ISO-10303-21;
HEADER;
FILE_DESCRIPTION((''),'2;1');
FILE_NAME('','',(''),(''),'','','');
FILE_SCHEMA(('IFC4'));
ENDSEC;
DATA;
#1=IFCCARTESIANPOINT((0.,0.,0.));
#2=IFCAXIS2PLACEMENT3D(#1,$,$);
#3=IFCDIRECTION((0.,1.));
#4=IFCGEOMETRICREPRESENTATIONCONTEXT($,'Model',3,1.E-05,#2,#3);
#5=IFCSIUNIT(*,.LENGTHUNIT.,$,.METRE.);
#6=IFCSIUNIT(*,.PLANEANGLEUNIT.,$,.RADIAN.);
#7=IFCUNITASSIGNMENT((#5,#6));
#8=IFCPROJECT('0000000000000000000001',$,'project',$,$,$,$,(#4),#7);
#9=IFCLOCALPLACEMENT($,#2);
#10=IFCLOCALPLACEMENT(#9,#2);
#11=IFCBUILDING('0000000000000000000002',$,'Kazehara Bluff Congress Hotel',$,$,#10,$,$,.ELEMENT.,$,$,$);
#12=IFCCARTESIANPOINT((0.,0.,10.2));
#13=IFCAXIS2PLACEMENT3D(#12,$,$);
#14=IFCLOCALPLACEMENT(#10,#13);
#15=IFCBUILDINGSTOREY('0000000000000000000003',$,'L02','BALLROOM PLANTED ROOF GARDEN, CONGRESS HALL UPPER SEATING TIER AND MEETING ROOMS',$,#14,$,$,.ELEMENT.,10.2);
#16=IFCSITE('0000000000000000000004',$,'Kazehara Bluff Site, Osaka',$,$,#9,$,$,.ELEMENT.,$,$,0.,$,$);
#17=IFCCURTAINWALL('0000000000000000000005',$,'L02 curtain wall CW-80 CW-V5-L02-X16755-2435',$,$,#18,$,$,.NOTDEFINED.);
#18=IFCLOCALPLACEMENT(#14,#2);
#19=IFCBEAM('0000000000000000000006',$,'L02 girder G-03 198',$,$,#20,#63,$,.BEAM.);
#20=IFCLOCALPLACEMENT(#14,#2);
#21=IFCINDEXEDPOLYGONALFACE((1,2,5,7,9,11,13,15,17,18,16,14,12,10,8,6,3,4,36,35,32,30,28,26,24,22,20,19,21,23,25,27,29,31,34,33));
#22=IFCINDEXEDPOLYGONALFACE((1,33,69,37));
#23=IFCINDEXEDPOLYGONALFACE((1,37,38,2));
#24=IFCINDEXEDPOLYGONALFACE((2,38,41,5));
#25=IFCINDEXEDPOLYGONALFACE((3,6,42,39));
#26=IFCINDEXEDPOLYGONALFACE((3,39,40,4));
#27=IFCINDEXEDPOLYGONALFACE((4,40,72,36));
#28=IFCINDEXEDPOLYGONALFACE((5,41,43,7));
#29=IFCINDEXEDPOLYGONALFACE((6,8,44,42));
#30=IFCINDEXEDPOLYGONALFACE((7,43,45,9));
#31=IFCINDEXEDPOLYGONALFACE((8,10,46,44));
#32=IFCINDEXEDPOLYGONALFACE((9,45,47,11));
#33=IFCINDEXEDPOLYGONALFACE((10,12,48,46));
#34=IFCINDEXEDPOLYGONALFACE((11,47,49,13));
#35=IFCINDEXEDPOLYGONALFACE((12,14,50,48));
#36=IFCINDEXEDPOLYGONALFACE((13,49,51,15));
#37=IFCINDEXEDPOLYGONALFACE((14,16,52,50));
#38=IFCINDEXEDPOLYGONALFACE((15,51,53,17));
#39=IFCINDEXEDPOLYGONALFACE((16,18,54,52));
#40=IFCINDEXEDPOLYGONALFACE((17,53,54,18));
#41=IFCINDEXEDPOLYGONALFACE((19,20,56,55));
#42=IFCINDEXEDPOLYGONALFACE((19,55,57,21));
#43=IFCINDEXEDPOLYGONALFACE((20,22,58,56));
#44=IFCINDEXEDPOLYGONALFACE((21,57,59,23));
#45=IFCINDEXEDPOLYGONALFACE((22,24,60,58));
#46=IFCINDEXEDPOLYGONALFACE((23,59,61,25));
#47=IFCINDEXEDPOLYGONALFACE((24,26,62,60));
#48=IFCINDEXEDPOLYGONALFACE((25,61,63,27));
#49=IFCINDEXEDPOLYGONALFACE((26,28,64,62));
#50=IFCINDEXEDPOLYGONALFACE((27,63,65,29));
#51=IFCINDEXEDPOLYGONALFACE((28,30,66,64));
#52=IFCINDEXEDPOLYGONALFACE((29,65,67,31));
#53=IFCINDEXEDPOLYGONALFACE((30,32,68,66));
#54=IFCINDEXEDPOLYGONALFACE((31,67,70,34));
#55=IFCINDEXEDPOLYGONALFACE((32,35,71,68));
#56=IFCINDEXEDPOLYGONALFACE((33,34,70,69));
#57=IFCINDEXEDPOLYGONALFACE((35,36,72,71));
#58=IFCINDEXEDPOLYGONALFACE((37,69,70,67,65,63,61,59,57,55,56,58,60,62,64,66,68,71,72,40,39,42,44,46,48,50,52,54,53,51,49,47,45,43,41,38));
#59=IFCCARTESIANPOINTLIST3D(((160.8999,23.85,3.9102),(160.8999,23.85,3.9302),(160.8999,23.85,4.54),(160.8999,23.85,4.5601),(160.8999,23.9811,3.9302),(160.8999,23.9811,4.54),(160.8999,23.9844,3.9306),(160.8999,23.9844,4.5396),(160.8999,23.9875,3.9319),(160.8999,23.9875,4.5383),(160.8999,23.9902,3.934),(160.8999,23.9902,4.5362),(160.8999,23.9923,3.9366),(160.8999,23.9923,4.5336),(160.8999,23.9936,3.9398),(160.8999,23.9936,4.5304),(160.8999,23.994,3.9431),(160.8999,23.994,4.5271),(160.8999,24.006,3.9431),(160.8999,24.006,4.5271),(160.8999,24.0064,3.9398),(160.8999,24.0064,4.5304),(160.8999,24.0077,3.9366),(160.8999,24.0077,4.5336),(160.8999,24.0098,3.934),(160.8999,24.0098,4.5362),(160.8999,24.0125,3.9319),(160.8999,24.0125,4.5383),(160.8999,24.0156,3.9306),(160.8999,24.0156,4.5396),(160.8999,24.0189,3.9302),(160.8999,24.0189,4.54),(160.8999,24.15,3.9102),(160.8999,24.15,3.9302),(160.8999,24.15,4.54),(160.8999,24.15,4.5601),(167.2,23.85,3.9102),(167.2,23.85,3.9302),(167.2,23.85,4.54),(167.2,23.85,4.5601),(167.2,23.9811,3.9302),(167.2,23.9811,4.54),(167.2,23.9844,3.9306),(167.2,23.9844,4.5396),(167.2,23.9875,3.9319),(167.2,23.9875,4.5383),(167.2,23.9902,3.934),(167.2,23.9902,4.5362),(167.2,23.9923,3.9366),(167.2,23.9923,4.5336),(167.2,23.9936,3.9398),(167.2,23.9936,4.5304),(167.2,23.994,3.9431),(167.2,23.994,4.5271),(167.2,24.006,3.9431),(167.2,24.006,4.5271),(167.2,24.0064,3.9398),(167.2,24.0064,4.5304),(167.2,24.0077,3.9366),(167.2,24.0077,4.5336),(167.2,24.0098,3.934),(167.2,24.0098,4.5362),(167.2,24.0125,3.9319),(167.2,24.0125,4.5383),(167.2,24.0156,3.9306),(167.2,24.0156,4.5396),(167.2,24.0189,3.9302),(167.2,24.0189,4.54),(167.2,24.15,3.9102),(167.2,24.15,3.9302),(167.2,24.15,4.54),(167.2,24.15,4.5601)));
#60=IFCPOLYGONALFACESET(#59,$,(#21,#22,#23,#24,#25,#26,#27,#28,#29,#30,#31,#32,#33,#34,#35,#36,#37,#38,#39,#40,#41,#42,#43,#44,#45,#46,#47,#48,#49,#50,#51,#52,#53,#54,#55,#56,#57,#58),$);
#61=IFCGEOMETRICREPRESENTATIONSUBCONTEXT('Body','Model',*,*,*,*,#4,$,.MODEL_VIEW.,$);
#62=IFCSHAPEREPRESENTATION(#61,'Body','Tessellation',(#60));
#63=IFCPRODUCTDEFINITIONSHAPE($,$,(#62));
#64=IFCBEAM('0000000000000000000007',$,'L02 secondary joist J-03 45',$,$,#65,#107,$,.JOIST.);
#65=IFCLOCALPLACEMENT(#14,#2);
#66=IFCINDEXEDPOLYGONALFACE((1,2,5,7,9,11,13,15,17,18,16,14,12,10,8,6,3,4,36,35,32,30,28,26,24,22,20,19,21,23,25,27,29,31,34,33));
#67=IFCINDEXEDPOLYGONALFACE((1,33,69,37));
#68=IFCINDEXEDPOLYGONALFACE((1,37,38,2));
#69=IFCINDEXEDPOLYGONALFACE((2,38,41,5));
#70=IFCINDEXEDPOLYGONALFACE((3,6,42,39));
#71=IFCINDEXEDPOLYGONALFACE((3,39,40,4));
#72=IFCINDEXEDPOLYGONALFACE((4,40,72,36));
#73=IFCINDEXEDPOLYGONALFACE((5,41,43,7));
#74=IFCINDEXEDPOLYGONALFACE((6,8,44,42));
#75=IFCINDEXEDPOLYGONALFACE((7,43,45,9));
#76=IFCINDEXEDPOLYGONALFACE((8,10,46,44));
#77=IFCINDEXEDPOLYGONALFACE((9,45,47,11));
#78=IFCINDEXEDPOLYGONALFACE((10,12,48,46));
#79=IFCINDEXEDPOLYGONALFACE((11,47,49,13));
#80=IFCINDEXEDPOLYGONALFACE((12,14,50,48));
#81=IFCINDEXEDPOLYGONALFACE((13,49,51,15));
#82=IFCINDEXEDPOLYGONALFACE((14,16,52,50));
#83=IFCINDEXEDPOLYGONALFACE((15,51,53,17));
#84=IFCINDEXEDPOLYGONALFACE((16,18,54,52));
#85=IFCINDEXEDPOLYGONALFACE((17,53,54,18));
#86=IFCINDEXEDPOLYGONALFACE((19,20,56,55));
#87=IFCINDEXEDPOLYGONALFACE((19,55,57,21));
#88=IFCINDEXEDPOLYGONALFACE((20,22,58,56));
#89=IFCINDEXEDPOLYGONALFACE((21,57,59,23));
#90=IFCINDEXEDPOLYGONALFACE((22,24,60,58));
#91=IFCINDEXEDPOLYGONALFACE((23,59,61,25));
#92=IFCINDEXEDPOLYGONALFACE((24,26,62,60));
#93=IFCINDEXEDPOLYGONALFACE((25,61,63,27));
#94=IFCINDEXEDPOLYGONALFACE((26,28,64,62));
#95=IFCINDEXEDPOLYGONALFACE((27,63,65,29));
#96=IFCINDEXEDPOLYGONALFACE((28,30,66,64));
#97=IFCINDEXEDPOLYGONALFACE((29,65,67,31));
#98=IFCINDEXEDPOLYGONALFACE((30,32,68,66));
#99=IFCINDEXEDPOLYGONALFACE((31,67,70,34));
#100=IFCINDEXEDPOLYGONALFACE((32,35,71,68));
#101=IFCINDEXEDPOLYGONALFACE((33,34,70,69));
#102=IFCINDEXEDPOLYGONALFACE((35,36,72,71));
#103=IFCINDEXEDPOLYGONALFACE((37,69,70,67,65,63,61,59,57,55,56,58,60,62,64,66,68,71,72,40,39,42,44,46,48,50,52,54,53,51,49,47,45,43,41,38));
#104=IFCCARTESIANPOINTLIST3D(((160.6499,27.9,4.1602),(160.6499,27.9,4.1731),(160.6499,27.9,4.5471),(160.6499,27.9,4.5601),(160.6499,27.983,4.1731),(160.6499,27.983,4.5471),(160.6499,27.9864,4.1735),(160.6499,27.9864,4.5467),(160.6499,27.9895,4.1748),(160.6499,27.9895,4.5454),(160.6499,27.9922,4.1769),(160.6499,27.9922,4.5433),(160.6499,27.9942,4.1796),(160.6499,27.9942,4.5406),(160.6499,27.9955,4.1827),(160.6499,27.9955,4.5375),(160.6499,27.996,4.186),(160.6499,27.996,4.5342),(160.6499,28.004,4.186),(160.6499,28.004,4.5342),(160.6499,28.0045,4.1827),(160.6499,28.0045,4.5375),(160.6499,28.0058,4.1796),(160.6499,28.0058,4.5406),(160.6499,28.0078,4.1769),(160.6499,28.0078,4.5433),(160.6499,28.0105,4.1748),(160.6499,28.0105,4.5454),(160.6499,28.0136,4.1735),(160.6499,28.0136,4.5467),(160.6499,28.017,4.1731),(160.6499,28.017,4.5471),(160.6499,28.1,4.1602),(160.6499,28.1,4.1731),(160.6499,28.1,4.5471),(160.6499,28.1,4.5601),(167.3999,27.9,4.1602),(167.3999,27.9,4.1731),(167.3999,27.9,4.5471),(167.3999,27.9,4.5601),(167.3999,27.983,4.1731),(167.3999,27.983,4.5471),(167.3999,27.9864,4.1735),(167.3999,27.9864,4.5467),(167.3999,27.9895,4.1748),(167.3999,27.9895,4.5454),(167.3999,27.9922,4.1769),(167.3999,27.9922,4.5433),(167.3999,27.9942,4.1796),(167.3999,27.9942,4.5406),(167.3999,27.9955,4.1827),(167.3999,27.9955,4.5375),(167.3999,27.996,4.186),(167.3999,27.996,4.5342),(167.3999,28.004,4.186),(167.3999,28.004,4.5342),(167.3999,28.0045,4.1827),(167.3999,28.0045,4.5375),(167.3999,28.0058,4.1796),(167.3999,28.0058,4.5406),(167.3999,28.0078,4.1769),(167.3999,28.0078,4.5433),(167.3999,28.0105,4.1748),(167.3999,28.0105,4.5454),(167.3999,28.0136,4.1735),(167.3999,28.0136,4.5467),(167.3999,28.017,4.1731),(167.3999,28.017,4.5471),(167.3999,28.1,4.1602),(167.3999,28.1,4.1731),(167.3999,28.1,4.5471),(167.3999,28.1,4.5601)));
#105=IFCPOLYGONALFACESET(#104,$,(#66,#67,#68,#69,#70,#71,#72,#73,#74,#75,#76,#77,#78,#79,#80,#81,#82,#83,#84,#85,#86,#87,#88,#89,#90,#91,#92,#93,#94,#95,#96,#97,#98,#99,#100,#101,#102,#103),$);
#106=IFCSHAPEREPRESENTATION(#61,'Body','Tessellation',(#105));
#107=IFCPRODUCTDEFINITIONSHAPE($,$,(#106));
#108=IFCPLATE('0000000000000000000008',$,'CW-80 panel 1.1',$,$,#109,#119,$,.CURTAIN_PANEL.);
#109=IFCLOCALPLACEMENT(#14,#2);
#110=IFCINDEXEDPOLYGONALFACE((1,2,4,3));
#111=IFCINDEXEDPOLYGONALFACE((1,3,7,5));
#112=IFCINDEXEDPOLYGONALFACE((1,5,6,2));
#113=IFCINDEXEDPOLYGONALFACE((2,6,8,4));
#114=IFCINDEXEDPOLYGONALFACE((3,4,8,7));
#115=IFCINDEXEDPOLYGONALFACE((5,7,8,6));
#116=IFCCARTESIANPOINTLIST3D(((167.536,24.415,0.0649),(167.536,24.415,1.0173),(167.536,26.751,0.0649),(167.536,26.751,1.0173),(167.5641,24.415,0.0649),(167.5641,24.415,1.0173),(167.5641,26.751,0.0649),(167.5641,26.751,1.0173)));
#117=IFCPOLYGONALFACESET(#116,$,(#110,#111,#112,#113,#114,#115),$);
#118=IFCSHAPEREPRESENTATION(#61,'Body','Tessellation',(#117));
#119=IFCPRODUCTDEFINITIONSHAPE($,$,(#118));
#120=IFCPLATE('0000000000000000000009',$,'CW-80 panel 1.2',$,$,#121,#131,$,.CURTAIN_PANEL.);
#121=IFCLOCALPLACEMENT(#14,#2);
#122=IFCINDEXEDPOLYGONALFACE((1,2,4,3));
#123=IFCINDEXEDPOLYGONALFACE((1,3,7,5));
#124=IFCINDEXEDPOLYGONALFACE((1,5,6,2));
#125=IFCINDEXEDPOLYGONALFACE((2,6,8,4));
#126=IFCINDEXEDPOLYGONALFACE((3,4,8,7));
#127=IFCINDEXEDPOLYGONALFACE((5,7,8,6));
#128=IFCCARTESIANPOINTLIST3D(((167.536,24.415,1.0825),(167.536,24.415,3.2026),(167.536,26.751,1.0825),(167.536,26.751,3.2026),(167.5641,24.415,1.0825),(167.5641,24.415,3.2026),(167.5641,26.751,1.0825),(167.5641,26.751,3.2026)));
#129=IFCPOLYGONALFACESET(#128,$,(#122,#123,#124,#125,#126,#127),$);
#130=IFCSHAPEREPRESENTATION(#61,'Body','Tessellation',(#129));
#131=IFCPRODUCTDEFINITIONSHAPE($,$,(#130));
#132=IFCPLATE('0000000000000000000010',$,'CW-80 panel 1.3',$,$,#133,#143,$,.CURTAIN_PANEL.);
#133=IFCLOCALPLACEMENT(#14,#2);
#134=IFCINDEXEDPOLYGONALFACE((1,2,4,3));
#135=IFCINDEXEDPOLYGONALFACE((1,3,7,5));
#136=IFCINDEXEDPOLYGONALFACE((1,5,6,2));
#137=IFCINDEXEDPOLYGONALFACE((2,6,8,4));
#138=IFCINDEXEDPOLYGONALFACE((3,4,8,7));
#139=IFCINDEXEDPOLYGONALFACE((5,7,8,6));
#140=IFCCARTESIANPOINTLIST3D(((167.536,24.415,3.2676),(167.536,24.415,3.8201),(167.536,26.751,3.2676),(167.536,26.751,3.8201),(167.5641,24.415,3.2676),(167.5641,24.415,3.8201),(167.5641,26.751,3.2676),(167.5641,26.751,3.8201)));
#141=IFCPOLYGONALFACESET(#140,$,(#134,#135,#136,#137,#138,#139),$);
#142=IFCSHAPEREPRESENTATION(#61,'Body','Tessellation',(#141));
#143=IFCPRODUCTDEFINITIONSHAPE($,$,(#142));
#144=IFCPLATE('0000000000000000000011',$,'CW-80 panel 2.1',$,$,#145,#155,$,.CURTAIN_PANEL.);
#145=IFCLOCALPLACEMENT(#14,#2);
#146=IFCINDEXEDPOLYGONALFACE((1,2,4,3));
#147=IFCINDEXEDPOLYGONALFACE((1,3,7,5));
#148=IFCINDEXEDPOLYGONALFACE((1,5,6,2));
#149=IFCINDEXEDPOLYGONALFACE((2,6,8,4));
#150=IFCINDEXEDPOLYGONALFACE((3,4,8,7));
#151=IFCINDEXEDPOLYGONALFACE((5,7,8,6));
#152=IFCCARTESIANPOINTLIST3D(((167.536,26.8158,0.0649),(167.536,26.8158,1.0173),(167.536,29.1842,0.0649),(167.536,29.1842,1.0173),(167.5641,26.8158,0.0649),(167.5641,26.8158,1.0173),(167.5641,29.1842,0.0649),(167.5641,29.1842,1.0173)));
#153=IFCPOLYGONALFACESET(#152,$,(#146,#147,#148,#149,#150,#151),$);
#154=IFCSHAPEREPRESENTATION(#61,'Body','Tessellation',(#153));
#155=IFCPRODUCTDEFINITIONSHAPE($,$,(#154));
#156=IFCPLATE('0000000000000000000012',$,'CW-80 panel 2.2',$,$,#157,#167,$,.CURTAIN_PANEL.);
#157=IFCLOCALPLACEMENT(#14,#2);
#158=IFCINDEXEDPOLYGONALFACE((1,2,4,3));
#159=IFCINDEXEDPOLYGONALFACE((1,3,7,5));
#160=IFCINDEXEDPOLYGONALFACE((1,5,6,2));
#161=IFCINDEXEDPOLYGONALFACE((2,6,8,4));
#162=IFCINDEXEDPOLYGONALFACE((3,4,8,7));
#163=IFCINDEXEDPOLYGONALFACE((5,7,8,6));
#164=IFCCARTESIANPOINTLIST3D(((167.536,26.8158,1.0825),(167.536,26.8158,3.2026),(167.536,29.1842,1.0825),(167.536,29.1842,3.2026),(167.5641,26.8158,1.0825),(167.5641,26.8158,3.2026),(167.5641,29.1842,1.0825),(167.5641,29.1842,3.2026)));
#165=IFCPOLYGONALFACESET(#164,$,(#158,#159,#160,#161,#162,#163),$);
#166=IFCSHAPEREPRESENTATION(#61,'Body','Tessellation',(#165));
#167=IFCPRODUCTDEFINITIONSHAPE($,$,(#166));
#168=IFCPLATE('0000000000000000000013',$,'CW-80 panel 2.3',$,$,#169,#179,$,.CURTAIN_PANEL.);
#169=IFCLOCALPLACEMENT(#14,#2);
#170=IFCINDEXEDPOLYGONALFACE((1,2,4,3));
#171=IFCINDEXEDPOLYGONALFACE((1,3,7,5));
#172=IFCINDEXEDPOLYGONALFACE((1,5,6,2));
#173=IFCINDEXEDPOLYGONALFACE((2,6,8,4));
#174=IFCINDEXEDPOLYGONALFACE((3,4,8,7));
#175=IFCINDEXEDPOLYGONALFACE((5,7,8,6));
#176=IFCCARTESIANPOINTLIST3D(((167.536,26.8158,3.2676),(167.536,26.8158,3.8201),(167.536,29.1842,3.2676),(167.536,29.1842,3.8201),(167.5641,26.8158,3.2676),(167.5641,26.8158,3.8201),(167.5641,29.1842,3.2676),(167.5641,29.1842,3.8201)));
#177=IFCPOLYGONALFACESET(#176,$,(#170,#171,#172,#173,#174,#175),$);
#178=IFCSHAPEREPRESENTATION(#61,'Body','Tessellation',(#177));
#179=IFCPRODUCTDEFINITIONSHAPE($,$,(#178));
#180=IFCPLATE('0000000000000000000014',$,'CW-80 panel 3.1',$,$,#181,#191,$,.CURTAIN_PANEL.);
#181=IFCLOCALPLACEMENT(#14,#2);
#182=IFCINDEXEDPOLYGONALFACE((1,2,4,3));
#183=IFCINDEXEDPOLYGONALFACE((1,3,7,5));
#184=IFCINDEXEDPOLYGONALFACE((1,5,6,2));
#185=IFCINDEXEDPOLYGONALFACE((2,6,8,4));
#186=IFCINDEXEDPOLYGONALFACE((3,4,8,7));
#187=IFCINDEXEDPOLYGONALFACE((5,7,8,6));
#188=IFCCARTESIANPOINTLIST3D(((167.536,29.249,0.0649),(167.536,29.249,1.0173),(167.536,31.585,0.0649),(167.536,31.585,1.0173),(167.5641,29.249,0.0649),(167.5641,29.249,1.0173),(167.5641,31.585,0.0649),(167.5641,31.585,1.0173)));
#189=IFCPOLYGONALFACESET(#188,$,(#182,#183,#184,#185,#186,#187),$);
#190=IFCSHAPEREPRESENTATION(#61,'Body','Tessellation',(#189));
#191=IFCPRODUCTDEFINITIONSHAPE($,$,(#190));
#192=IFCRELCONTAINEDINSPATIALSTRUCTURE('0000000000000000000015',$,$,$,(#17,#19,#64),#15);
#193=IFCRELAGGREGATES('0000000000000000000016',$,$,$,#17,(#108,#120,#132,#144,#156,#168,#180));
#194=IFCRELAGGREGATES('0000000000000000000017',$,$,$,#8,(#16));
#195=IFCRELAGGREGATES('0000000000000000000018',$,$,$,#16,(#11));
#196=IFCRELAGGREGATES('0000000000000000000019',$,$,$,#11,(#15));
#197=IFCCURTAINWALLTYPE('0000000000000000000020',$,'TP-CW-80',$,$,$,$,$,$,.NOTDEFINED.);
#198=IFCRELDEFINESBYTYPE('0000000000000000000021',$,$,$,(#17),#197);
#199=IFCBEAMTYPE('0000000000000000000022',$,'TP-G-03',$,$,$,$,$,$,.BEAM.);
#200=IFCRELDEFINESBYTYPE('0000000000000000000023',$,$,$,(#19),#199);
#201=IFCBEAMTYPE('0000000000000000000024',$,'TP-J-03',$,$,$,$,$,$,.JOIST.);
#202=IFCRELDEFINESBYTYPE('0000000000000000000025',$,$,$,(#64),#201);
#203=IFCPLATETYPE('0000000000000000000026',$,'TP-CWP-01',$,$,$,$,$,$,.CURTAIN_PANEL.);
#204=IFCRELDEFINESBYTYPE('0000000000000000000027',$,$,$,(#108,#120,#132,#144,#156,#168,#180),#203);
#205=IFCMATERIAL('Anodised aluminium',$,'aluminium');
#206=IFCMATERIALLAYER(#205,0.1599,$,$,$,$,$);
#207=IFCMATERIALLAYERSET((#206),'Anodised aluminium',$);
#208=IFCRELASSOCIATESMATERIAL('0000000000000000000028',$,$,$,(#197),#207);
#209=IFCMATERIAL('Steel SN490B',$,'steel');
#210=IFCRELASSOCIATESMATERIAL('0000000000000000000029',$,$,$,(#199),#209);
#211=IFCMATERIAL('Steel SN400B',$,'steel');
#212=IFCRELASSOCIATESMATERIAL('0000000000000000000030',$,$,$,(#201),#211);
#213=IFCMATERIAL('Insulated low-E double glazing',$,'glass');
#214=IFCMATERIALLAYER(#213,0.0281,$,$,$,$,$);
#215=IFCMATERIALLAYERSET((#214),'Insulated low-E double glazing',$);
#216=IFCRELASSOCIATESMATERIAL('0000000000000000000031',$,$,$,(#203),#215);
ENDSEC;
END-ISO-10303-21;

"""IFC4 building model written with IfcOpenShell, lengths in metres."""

from ifc_helpers import new_model, si_unit, direction, frame, origin, origin_2d, place, context, subcontext, project, spatial, rectangle, i_section, extrude, material, layer, layer_set, material_profile, profile_set, type_object, element, aggregate, save


model = new_model("IFC4")

# Units and contexts
model_context = context("Model", 3, precision=1e-05, world=origin(), true_north=direction((0.0, 1.0)))
body_context = subcontext(model_context, "Body", "Model", "MODEL_VIEW")
ifc_project = project(units=[si_unit("LENGTHUNIT", "METRE"), si_unit("PLANEANGLEUNIT", "RADIAN")], contexts=[model_context])

# Site, building, storey
site_placement = place(None, origin())
site = spatial("IfcSite", under=ifc_project, at=site_placement, Name="Kazehara Bluff Site, Osaka", CompositionType="ELEMENT", RefElevation=0.0)
building_placement = place(site_placement, origin())
building = spatial("IfcBuilding", under=site, at=building_placement, Name="Kazehara Bluff Congress Hotel", CompositionType="ELEMENT")
storey_placement = place(building_placement, frame((0.0, 0.0, 10.2)))
storey = spatial("IfcBuildingStorey", under=building, at=storey_placement, Name="L02", Description="BALLROOM PLANTED ROOF GARDEN, CONGRESS HALL UPPER SEATING TIER AND MEETING ROOMS", CompositionType="ELEMENT", Elevation=10.2)

# Curtain wall
ifc_material_1 = material(Name="Anodised aluminium", Category="aluminium")
ifc_layer_1 = layer(ifc_material_1, 0.1599)
ifc_layer_set_1 = layer_set([ifc_layer_1], Name="Anodised aluminium")
curtain_wall_type = type_object("IfcCurtainWallType", Name="TP-CW-80", PredefinedType="NOTDEFINED", material=ifc_layer_set_1)
curtain_wall_placement = place(storey_placement, origin())
curtain_wall = element("IfcCurtainWall", 1, at=curtain_wall_placement, inside=storey, type_object=curtain_wall_type, Name="L02 curtain wall CW-80 CW-V5-L02-X16755-2435", PredefinedType="NOTDEFINED")

# Beams
ifc_material_2 = material(Name="Steel SN490B", Category="steel")
ifc_material_profile_1 = material_profile(ifc_material_2, i_section(OverallWidth=0.3, OverallDepth=0.6499, WebThickness=0.012, FlangeThickness=0.02, FilletRadius=0.0129, at=origin_2d()))
ifc_profile_set_1 = profile_set([ifc_material_profile_1], Name="Steel SN490B")
beam_type_1 = type_object("IfcBeamType", Name="TP-G-03", PredefinedType="BEAM", material=ifc_profile_set_1)
beam_1_placement = place(storey_placement, frame((160.8999, 24.0, 4.2351), z_axis=(1.0, 0.0, 0.0), x_axis=(0.0, 1.0, 0.0)))
element("IfcBeam", 2, at=beam_1_placement, inside=storey, type_object=beam_type_1, Name="L02 girder G-03 198", PredefinedType="BEAM", context=body_context, shape_type="SweptSolid", body=[
    extrude(i_section(OverallWidth=0.3, OverallDepth=0.6499, WebThickness=0.012, FlangeThickness=0.02, FilletRadius=0.0129, at=origin_2d()), origin(), (0.0, 0.0, 1.0), 6.3),
])
ifc_material_3 = material(Name="Steel SN400B", Category="steel")
ifc_material_profile_2 = material_profile(ifc_material_3, i_section(OverallWidth=0.2, OverallDepth=0.3999, WebThickness=0.0081, FlangeThickness=0.0129, FilletRadius=0.0129, at=origin_2d()))
ifc_profile_set_2 = profile_set([ifc_material_profile_2], Name="Steel SN400B")
beam_type_2 = type_object("IfcBeamType", Name="TP-J-03", PredefinedType="JOIST", material=ifc_profile_set_2)
beam_2_placement = place(storey_placement, frame((160.6499, 28.0, 4.3601), z_axis=(1.0, 0.0, 0.0), x_axis=(0.0, 1.0, 0.0)))
element("IfcBeam", 3, at=beam_2_placement, inside=storey, type_object=beam_type_2, Name="L02 secondary joist J-03 45", PredefinedType="JOIST", context=body_context, shape_type="SweptSolid", body=[
    extrude(i_section(OverallWidth=0.2, OverallDepth=0.3999, WebThickness=0.0081, FlangeThickness=0.0129, FilletRadius=0.0129, at=origin_2d()), origin(), (0.0, 0.0, 1.0), 6.75),
])

# Plates
ifc_material_4 = material(Name="Insulated low-E double glazing", Category="glass")
ifc_layer_2 = layer(ifc_material_4, 0.0281)
ifc_layer_set_2 = layer_set([ifc_layer_2], Name="Insulated low-E double glazing")
plate_type = type_object("IfcPlateType", Name="TP-CWP-01", PredefinedType="CURTAIN_PANEL", material=ifc_layer_set_2)
plate_1_placement = place(storey_placement, frame((167.55, 25.583, 0.0649), z_axis=(0.0, 0.0, 1.0), x_axis=(0.0, 1.0, 0.0)))
plate_1 = element("IfcPlate", 4, at=plate_1_placement, type_object=plate_type, Name="CW-80 panel 1.1", PredefinedType="CURTAIN_PANEL", context=body_context, shape_type="SweptSolid", body=[
    extrude(rectangle(XDim=2.3359, YDim=0.0281, at=origin_2d()), origin(), (0.0, 0.0, 1.0), 0.9524),
])
plate_2_placement = place(storey_placement, frame((167.55, 25.583, 1.0825), z_axis=(0.0, 0.0, 1.0), x_axis=(0.0, 1.0, 0.0)))
plate_2 = element("IfcPlate", 5, at=plate_2_placement, type_object=plate_type, Name="CW-80 panel 1.2", PredefinedType="CURTAIN_PANEL", context=body_context, shape_type="SweptSolid", body=[
    extrude(rectangle(XDim=2.3359, YDim=0.0281, at=origin_2d()), origin(), (0.0, 0.0, 1.0), 2.1201),
])
plate_3_placement = place(storey_placement, frame((167.55, 25.583, 3.2676), z_axis=(0.0, 0.0, 1.0), x_axis=(0.0, 1.0, 0.0)))
plate_3 = element("IfcPlate", 6, at=plate_3_placement, type_object=plate_type, Name="CW-80 panel 1.3", PredefinedType="CURTAIN_PANEL", context=body_context, shape_type="SweptSolid", body=[
    extrude(rectangle(XDim=2.3359, YDim=0.0281, at=origin_2d()), origin(), (0.0, 0.0, 1.0), 0.5525),
])
plate_4_placement = place(storey_placement, frame((167.55, 28.0, 0.0649), z_axis=(0.0, 0.0, 1.0), x_axis=(0.0, 1.0, 0.0)))
plate_4 = element("IfcPlate", 7, at=plate_4_placement, type_object=plate_type, Name="CW-80 panel 2.1", PredefinedType="CURTAIN_PANEL", context=body_context, shape_type="SweptSolid", body=[
    extrude(rectangle(XDim=2.3684, YDim=0.0281, at=origin_2d()), origin(), (0.0, 0.0, 1.0), 0.9524),
])
plate_5_placement = place(storey_placement, frame((167.55, 28.0, 1.0825), z_axis=(0.0, 0.0, 1.0), x_axis=(0.0, 1.0, 0.0)))
plate_5 = element("IfcPlate", 8, at=plate_5_placement, type_object=plate_type, Name="CW-80 panel 2.2", PredefinedType="CURTAIN_PANEL", context=body_context, shape_type="SweptSolid", body=[
    extrude(rectangle(XDim=2.3684, YDim=0.0281, at=origin_2d()), origin(), (0.0, 0.0, 1.0), 2.1201),
])
plate_6_placement = place(storey_placement, frame((167.55, 28.0, 3.2676), z_axis=(0.0, 0.0, 1.0), x_axis=(0.0, 1.0, 0.0)))
plate_6 = element("IfcPlate", 9, at=plate_6_placement, type_object=plate_type, Name="CW-80 panel 2.3", PredefinedType="CURTAIN_PANEL", context=body_context, shape_type="SweptSolid", body=[
    extrude(rectangle(XDim=2.3684, YDim=0.0281, at=origin_2d()), origin(), (0.0, 0.0, 1.0), 0.5525),
])
plate_7_placement = place(storey_placement, frame((167.55, 30.417, 0.0649), z_axis=(0.0, 0.0, 1.0), x_axis=(0.0, 1.0, 0.0)))
plate_7 = element("IfcPlate", 10, at=plate_7_placement, type_object=plate_type, Name="CW-80 panel 3.1", PredefinedType="CURTAIN_PANEL", context=body_context, shape_type="SweptSolid", body=[
    extrude(rectangle(XDim=2.3359, YDim=0.0281, at=origin_2d()), origin(), (0.0, 0.0, 1.0), 0.9524),
])
aggregate(curtain_wall, [plate_1, plate_2, plate_3, plate_4, plate_5, plate_6, plate_7])

save(model, "model.ifc")
